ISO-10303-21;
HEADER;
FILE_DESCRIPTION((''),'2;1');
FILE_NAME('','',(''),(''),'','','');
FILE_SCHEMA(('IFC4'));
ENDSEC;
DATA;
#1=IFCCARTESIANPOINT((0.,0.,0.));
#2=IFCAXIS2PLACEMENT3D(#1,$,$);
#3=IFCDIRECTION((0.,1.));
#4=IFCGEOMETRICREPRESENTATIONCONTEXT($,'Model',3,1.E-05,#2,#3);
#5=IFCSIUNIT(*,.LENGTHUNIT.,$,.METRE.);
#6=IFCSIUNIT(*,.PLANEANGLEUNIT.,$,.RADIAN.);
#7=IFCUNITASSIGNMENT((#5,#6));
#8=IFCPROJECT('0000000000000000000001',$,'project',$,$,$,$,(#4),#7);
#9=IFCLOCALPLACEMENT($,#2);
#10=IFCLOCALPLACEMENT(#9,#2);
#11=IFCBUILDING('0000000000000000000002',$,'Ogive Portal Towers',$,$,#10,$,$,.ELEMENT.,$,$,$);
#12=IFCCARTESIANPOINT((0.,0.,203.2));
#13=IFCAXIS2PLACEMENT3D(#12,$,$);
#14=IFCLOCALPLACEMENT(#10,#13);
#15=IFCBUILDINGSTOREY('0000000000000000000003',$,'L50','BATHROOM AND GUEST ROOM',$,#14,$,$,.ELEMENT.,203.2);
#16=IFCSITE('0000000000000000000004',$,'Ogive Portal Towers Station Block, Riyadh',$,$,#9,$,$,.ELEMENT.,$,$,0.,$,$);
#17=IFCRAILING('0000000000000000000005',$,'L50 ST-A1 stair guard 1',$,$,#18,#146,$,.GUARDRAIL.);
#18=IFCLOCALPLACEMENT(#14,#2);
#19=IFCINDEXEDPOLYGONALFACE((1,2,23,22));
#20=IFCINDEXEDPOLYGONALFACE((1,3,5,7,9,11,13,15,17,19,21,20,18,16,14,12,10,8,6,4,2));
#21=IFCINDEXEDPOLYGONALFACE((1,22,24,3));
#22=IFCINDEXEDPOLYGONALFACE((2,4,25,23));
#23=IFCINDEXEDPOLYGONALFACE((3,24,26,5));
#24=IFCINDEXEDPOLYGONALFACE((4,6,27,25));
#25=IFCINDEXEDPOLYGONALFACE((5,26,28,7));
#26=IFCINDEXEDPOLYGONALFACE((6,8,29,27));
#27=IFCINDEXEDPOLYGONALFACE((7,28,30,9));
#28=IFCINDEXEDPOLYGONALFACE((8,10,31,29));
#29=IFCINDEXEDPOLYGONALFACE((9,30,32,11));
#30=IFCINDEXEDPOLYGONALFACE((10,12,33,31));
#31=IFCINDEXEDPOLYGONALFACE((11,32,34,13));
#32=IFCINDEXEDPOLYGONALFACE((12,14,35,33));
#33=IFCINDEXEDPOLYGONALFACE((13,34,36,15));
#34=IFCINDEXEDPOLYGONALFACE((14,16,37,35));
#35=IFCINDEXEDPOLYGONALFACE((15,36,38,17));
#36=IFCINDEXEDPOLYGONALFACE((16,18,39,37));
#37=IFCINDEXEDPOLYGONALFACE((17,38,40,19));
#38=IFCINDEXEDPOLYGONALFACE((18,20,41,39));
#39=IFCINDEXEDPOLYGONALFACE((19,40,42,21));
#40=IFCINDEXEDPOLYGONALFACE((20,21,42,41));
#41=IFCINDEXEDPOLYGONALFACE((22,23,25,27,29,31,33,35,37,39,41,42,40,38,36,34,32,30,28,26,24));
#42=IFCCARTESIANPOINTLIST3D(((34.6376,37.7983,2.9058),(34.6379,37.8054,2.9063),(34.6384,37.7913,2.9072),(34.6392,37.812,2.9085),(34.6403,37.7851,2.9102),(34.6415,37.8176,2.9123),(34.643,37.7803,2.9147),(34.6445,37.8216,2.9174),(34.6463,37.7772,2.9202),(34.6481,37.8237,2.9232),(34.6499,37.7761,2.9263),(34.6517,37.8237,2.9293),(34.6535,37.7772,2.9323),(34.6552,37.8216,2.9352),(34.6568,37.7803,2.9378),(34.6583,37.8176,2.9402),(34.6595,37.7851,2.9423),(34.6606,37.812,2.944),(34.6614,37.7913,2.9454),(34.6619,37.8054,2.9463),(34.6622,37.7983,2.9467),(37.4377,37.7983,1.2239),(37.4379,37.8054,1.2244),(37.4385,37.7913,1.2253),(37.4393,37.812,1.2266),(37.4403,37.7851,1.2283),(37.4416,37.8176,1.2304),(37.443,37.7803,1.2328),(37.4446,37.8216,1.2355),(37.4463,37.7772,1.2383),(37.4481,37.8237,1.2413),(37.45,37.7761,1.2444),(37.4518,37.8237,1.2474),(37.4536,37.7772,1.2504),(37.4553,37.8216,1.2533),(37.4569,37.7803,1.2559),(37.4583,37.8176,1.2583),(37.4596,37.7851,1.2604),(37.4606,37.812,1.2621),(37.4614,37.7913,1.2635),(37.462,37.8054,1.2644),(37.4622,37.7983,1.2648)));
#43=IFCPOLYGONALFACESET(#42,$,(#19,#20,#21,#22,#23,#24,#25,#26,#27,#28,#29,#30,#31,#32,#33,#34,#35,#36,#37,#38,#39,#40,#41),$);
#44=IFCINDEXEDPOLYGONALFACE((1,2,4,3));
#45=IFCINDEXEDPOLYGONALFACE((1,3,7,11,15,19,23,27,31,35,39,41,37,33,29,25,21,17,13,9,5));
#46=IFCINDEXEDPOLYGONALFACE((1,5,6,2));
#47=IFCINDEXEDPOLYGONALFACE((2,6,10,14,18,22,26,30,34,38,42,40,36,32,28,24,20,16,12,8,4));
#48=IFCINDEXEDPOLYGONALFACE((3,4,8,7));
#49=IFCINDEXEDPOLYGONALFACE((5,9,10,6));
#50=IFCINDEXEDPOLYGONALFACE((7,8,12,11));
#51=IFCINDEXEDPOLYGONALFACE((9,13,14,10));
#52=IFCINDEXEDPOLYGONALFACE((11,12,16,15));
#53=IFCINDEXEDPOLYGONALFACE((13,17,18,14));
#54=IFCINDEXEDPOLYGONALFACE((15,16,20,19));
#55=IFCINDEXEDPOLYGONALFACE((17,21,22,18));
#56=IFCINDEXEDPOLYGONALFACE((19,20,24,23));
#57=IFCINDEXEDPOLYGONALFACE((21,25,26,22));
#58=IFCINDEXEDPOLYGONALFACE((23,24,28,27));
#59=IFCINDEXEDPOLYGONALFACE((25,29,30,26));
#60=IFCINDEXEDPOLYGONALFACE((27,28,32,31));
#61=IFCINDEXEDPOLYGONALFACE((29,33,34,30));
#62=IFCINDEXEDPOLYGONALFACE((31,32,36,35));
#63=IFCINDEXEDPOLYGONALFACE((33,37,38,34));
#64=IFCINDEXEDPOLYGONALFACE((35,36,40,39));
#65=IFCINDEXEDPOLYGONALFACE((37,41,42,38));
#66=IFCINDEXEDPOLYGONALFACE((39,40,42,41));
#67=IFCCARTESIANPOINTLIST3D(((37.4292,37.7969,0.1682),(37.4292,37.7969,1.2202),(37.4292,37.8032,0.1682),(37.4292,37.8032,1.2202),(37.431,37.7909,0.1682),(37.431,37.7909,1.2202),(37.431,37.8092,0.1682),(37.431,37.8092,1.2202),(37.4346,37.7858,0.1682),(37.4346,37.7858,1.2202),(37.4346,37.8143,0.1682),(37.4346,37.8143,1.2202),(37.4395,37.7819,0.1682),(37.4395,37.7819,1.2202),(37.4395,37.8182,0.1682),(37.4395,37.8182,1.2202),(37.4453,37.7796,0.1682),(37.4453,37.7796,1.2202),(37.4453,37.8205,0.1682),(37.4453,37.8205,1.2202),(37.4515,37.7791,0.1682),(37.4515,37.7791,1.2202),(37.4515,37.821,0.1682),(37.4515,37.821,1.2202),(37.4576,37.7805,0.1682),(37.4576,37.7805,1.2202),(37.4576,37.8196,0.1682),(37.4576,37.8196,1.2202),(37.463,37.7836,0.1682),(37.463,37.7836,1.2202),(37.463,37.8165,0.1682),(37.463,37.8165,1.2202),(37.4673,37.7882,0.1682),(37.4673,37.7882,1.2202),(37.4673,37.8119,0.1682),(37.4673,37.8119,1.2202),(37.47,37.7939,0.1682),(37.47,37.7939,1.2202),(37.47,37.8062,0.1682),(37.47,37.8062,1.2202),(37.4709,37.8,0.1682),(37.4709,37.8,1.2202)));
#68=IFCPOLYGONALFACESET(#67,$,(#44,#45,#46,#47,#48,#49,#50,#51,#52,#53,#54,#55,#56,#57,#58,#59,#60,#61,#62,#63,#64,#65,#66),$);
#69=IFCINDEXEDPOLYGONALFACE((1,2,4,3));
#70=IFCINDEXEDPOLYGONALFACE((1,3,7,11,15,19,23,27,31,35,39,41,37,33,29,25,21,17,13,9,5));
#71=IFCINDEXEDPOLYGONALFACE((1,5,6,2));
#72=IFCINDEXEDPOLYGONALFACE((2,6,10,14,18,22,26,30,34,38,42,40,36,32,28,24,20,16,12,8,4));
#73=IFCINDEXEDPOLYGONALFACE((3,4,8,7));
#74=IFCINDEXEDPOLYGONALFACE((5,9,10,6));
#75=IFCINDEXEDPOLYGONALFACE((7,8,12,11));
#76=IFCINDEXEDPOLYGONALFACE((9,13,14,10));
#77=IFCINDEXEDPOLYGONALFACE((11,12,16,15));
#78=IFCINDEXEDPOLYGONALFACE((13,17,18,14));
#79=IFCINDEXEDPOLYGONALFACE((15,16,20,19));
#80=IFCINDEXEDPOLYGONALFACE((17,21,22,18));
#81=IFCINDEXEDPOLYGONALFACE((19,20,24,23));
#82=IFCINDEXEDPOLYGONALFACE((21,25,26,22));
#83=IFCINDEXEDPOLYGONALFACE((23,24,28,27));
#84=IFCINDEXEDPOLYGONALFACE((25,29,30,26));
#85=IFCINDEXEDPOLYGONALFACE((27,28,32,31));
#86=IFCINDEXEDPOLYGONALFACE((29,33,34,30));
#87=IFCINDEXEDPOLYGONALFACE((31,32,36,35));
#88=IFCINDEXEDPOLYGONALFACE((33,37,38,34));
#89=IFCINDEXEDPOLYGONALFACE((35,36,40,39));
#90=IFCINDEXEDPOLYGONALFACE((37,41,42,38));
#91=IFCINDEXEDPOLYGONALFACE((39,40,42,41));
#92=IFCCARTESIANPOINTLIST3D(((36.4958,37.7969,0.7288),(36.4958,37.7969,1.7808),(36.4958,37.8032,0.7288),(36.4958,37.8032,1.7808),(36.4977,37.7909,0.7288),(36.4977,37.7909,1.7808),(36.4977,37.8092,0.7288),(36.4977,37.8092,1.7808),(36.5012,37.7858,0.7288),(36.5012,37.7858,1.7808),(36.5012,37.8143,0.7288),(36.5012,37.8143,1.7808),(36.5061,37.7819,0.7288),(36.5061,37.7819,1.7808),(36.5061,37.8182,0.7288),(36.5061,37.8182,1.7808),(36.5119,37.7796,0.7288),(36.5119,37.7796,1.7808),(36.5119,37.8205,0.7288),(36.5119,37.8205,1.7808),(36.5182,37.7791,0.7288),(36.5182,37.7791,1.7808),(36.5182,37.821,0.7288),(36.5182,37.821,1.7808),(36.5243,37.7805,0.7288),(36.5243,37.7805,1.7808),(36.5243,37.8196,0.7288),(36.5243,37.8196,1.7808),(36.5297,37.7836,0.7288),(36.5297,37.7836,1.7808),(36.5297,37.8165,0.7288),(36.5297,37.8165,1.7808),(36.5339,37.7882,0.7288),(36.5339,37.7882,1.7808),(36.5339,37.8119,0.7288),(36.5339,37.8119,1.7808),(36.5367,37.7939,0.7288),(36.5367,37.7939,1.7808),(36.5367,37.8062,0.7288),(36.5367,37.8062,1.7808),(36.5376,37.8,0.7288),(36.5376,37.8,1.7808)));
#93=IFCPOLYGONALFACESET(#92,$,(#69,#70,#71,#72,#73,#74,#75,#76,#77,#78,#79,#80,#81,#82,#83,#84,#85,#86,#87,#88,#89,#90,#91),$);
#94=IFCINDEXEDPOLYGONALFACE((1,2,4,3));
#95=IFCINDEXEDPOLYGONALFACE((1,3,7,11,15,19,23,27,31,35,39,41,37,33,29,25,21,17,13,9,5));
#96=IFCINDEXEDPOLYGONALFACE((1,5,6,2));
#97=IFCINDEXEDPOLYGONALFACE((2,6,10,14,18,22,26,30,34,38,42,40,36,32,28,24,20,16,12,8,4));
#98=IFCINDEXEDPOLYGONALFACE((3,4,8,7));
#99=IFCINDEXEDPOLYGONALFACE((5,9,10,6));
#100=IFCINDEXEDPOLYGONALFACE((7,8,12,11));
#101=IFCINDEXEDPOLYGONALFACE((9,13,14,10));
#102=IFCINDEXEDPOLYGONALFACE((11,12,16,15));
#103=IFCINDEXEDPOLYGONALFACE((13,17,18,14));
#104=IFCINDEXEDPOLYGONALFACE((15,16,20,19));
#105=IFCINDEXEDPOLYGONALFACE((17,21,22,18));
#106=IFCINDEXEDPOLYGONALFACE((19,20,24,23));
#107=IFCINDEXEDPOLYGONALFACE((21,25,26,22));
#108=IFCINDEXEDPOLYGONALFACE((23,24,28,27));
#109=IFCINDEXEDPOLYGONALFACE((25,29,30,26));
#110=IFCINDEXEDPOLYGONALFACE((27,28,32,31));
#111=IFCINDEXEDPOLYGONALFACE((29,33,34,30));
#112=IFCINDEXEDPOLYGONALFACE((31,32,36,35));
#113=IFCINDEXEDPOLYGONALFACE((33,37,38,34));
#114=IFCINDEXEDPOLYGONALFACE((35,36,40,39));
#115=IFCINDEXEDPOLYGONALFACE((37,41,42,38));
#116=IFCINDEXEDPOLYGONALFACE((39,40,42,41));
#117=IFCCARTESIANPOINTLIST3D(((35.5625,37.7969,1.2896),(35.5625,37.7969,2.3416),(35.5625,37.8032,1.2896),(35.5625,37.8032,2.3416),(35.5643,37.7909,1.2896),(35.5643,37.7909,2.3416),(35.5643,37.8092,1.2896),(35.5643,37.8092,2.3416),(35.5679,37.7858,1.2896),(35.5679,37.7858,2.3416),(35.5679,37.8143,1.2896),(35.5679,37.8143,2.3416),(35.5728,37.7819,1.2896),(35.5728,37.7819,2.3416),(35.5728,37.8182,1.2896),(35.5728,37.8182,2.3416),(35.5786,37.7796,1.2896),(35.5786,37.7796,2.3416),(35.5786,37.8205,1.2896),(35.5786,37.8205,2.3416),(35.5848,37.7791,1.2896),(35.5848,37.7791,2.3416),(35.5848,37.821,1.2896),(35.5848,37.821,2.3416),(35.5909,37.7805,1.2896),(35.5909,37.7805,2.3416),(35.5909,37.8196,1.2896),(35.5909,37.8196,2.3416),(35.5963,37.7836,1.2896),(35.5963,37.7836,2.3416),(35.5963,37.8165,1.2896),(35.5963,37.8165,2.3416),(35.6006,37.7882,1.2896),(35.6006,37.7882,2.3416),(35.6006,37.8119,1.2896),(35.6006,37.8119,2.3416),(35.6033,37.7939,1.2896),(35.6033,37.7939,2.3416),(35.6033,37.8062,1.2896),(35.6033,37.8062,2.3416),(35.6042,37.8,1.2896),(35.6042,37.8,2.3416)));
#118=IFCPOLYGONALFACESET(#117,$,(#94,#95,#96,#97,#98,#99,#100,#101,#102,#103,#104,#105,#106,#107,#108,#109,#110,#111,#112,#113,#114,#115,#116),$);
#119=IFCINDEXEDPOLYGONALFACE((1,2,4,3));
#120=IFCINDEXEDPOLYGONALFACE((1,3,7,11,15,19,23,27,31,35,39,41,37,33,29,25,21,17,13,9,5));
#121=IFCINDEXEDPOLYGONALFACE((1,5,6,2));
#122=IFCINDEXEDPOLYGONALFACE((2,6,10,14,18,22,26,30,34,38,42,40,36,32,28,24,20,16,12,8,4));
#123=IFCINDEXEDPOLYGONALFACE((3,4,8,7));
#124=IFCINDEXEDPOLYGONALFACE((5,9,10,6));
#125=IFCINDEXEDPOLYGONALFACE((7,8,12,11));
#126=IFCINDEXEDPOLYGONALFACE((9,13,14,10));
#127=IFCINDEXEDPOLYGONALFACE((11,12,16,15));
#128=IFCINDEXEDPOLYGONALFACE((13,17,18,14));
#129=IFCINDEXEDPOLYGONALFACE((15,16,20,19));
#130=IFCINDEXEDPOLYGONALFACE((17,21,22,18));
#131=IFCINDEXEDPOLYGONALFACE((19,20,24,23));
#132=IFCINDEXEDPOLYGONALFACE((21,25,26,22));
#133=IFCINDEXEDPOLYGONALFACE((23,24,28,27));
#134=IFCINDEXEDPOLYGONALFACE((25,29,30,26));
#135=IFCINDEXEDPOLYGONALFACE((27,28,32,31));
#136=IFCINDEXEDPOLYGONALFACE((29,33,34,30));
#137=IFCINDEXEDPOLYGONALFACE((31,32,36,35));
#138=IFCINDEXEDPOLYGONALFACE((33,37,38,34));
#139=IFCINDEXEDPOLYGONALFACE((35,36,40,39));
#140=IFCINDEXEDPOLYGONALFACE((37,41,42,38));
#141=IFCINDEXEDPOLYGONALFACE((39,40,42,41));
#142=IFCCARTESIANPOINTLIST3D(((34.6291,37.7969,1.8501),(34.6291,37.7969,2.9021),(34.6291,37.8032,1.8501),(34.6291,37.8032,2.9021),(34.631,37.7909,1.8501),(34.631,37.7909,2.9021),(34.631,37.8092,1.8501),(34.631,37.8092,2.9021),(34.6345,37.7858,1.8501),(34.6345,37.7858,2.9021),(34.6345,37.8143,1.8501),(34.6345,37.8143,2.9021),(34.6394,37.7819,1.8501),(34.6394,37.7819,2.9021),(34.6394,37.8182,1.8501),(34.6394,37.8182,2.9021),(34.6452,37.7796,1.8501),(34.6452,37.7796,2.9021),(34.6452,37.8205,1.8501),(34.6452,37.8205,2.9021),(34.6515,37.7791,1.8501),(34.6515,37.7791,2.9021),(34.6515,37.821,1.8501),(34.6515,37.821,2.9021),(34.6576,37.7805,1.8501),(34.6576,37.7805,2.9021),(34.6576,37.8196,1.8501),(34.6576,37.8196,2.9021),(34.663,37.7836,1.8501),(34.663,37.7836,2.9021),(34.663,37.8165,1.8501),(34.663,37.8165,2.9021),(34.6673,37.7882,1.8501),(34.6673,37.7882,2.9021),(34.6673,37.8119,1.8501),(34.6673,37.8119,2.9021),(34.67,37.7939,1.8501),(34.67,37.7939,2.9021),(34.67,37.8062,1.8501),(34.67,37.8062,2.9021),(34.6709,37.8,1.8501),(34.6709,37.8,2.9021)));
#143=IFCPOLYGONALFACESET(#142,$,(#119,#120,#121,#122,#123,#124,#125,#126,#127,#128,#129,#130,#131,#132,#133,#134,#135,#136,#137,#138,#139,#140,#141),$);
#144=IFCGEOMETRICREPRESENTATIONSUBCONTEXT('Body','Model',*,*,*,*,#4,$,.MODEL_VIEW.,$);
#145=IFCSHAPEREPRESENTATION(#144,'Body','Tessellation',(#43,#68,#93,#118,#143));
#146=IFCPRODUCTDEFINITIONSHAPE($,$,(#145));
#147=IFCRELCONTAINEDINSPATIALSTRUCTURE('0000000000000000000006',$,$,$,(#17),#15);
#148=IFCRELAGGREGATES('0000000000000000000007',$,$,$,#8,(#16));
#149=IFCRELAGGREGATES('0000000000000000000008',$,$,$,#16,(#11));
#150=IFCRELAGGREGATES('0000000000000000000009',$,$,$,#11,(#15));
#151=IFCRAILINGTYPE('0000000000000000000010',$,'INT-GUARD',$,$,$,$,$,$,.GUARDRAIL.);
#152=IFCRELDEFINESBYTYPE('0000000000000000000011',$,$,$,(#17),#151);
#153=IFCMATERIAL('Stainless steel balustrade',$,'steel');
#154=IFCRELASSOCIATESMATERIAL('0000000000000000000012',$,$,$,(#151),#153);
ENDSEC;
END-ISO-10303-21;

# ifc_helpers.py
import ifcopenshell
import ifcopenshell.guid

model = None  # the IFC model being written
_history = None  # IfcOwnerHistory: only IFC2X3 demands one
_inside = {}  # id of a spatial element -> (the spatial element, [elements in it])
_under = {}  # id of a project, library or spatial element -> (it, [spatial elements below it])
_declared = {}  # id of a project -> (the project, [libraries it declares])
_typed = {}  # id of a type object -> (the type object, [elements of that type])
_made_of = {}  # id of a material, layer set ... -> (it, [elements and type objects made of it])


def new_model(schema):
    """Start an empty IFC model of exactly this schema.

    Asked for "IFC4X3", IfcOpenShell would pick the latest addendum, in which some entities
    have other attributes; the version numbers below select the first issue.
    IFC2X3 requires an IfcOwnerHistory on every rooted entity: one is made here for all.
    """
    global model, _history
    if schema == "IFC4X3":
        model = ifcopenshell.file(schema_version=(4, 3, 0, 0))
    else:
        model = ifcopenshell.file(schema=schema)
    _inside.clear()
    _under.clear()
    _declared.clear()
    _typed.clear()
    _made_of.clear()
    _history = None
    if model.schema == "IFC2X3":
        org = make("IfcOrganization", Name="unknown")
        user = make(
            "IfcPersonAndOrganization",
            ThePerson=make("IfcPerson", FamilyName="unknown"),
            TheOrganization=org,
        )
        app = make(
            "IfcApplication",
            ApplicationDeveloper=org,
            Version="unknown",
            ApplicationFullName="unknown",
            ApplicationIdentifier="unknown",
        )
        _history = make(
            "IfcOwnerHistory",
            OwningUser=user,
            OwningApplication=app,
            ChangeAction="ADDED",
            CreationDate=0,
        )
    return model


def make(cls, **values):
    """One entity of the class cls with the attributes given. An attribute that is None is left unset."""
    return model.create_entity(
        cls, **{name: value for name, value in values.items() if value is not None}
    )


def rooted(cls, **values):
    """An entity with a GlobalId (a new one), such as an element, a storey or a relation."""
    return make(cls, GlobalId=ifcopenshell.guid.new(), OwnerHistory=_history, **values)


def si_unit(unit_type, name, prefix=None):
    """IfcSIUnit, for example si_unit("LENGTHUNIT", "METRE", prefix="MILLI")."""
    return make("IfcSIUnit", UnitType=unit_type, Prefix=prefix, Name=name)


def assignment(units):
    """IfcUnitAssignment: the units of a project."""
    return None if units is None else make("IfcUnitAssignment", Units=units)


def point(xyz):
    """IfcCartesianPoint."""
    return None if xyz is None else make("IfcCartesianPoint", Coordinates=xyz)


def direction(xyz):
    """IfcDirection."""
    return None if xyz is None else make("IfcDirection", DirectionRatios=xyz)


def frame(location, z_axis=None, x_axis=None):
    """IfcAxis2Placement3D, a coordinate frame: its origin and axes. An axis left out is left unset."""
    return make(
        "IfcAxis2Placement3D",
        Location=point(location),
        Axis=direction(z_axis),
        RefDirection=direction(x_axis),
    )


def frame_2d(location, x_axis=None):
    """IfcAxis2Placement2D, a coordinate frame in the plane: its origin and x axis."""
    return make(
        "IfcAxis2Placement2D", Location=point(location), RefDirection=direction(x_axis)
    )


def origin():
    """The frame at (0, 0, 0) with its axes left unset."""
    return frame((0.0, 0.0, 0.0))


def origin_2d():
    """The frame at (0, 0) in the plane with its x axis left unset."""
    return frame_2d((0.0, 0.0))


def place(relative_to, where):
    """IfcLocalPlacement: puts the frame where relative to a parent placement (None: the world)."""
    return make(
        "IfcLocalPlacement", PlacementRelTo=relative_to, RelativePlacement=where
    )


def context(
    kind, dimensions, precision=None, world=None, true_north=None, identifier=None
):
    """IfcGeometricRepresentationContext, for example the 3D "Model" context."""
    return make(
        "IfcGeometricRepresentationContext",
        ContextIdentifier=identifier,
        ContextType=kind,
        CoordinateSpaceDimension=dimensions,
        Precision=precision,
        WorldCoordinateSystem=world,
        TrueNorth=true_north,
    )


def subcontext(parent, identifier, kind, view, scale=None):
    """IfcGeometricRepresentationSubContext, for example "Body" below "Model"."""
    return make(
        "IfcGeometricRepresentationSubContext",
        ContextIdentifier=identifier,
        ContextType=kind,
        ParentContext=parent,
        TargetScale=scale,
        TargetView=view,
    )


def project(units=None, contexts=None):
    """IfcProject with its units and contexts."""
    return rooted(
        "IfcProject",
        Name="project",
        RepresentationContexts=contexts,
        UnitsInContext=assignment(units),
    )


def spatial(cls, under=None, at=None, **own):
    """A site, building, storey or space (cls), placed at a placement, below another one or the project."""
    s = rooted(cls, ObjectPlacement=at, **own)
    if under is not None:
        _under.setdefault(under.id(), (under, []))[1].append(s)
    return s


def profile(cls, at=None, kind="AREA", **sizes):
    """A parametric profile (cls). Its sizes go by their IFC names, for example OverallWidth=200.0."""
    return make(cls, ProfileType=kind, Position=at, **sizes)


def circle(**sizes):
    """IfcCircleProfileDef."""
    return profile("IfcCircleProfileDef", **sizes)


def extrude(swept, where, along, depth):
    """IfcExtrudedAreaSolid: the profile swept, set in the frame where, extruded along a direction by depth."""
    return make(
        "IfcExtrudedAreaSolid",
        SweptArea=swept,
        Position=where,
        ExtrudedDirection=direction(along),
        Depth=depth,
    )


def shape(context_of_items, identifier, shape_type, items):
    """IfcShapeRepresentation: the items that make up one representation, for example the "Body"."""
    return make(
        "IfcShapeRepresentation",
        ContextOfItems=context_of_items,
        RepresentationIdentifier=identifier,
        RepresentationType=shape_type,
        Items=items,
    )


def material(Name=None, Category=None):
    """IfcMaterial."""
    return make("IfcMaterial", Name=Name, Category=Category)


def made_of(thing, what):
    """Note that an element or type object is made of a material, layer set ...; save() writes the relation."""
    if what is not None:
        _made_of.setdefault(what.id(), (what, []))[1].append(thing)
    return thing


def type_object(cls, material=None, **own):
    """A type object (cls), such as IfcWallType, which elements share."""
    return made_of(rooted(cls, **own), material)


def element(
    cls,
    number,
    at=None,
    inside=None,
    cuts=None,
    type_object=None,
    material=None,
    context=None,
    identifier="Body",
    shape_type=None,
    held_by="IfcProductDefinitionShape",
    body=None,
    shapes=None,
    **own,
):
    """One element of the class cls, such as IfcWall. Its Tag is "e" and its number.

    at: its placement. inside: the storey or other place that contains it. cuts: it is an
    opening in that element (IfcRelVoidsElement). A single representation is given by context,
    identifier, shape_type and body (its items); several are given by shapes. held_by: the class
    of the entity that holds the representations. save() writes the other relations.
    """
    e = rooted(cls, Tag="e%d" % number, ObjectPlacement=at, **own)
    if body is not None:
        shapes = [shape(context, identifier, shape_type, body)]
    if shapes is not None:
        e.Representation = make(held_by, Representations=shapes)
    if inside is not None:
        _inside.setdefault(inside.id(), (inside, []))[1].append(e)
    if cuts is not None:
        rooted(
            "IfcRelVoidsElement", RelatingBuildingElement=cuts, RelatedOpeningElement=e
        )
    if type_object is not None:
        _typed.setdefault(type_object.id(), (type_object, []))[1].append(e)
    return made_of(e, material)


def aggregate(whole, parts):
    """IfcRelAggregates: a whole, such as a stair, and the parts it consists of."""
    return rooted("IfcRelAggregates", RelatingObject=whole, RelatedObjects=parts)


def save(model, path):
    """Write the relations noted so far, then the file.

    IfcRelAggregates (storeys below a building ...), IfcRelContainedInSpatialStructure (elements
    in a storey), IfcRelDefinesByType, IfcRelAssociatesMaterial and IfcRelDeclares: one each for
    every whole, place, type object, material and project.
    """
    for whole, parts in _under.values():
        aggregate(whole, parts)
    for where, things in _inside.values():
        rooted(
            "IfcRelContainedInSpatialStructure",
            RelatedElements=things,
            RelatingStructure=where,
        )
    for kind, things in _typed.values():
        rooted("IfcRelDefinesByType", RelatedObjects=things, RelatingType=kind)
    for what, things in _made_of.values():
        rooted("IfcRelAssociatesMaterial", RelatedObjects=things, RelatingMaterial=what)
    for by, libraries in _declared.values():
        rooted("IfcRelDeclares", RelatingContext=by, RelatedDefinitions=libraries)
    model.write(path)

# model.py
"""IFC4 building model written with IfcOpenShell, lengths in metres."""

from ifc_helpers import new_model, si_unit, direction, frame, origin, origin_2d, place, context, subcontext, project, spatial, circle, extrude, material, type_object, element, save


model = new_model("IFC4")

# Units and contexts
model_context = context("Model", 3, precision=1e-05, world=origin(), true_north=direction((0.0, 1.0)))
body_context = subcontext(model_context, "Body", "Model", "MODEL_VIEW")
ifc_project = project(units=[si_unit("LENGTHUNIT", "METRE"), si_unit("PLANEANGLEUNIT", "RADIAN")], contexts=[model_context])

# Site, building, storey
site_placement = place(None, origin())
site = spatial("IfcSite", under=ifc_project, at=site_placement, Name="Ogive Portal Towers Station Block, Riyadh", CompositionType="ELEMENT", RefElevation=0.0)
building_placement = place(site_placement, origin())
building = spatial("IfcBuilding", under=site, at=building_placement, Name="Ogive Portal Towers", CompositionType="ELEMENT")
storey_placement = place(building_placement, frame((0.0, 0.0, 203.2)))
storey = spatial("IfcBuildingStorey", under=building, at=storey_placement, Name="L50", Description="BATHROOM AND GUEST ROOM", CompositionType="ELEMENT", Elevation=203.2)

# Railing
ifc_material_1 = material(Name="Stainless steel balustrade", Category="steel")
railing_type_1 = type_object("IfcRailingType", Name="INT-GUARD", PredefinedType="GUARDRAIL", material=ifc_material_1)
railing_1_placement = place(storey_placement, frame((37.45, 37.8, 0.1682)))
element("IfcRailing", 1, at=railing_1_placement, inside=storey, type_object=railing_type_1, Name="L50 ST-A1 stair guard 1", PredefinedType="GUARDRAIL", context=body_context, shape_type="SweptSolid", body=[
    extrude(circle(Radius=0.0239, at=origin_2d()), frame((0.0, 0.0, 1.0762), z_axis=(-0.857242, 0.0, 0.514913), x_axis=(0.0, -1.0, 0.0)), (0.0, 0.0, 1.0), 3.2664),
    extrude(circle(Radius=0.021, at=origin_2d()), origin(), (0.0, 0.0, 1.0), 1.052),
    extrude(circle(Radius=0.021, at=origin_2d()), frame((-0.9333, 0.0, 0.5605)), (0.0, 0.0, 1.0), 1.052),
    extrude(circle(Radius=0.021, at=origin_2d()), frame((-1.8667, 0.0, 1.1213)), (0.0, 0.0, 1.0), 1.052),
    extrude(circle(Radius=0.021, at=origin_2d()), frame((-2.8, 0.0, 1.6819)), (0.0, 0.0, 1.0), 1.052),
])

save(model, "model.ifc")
